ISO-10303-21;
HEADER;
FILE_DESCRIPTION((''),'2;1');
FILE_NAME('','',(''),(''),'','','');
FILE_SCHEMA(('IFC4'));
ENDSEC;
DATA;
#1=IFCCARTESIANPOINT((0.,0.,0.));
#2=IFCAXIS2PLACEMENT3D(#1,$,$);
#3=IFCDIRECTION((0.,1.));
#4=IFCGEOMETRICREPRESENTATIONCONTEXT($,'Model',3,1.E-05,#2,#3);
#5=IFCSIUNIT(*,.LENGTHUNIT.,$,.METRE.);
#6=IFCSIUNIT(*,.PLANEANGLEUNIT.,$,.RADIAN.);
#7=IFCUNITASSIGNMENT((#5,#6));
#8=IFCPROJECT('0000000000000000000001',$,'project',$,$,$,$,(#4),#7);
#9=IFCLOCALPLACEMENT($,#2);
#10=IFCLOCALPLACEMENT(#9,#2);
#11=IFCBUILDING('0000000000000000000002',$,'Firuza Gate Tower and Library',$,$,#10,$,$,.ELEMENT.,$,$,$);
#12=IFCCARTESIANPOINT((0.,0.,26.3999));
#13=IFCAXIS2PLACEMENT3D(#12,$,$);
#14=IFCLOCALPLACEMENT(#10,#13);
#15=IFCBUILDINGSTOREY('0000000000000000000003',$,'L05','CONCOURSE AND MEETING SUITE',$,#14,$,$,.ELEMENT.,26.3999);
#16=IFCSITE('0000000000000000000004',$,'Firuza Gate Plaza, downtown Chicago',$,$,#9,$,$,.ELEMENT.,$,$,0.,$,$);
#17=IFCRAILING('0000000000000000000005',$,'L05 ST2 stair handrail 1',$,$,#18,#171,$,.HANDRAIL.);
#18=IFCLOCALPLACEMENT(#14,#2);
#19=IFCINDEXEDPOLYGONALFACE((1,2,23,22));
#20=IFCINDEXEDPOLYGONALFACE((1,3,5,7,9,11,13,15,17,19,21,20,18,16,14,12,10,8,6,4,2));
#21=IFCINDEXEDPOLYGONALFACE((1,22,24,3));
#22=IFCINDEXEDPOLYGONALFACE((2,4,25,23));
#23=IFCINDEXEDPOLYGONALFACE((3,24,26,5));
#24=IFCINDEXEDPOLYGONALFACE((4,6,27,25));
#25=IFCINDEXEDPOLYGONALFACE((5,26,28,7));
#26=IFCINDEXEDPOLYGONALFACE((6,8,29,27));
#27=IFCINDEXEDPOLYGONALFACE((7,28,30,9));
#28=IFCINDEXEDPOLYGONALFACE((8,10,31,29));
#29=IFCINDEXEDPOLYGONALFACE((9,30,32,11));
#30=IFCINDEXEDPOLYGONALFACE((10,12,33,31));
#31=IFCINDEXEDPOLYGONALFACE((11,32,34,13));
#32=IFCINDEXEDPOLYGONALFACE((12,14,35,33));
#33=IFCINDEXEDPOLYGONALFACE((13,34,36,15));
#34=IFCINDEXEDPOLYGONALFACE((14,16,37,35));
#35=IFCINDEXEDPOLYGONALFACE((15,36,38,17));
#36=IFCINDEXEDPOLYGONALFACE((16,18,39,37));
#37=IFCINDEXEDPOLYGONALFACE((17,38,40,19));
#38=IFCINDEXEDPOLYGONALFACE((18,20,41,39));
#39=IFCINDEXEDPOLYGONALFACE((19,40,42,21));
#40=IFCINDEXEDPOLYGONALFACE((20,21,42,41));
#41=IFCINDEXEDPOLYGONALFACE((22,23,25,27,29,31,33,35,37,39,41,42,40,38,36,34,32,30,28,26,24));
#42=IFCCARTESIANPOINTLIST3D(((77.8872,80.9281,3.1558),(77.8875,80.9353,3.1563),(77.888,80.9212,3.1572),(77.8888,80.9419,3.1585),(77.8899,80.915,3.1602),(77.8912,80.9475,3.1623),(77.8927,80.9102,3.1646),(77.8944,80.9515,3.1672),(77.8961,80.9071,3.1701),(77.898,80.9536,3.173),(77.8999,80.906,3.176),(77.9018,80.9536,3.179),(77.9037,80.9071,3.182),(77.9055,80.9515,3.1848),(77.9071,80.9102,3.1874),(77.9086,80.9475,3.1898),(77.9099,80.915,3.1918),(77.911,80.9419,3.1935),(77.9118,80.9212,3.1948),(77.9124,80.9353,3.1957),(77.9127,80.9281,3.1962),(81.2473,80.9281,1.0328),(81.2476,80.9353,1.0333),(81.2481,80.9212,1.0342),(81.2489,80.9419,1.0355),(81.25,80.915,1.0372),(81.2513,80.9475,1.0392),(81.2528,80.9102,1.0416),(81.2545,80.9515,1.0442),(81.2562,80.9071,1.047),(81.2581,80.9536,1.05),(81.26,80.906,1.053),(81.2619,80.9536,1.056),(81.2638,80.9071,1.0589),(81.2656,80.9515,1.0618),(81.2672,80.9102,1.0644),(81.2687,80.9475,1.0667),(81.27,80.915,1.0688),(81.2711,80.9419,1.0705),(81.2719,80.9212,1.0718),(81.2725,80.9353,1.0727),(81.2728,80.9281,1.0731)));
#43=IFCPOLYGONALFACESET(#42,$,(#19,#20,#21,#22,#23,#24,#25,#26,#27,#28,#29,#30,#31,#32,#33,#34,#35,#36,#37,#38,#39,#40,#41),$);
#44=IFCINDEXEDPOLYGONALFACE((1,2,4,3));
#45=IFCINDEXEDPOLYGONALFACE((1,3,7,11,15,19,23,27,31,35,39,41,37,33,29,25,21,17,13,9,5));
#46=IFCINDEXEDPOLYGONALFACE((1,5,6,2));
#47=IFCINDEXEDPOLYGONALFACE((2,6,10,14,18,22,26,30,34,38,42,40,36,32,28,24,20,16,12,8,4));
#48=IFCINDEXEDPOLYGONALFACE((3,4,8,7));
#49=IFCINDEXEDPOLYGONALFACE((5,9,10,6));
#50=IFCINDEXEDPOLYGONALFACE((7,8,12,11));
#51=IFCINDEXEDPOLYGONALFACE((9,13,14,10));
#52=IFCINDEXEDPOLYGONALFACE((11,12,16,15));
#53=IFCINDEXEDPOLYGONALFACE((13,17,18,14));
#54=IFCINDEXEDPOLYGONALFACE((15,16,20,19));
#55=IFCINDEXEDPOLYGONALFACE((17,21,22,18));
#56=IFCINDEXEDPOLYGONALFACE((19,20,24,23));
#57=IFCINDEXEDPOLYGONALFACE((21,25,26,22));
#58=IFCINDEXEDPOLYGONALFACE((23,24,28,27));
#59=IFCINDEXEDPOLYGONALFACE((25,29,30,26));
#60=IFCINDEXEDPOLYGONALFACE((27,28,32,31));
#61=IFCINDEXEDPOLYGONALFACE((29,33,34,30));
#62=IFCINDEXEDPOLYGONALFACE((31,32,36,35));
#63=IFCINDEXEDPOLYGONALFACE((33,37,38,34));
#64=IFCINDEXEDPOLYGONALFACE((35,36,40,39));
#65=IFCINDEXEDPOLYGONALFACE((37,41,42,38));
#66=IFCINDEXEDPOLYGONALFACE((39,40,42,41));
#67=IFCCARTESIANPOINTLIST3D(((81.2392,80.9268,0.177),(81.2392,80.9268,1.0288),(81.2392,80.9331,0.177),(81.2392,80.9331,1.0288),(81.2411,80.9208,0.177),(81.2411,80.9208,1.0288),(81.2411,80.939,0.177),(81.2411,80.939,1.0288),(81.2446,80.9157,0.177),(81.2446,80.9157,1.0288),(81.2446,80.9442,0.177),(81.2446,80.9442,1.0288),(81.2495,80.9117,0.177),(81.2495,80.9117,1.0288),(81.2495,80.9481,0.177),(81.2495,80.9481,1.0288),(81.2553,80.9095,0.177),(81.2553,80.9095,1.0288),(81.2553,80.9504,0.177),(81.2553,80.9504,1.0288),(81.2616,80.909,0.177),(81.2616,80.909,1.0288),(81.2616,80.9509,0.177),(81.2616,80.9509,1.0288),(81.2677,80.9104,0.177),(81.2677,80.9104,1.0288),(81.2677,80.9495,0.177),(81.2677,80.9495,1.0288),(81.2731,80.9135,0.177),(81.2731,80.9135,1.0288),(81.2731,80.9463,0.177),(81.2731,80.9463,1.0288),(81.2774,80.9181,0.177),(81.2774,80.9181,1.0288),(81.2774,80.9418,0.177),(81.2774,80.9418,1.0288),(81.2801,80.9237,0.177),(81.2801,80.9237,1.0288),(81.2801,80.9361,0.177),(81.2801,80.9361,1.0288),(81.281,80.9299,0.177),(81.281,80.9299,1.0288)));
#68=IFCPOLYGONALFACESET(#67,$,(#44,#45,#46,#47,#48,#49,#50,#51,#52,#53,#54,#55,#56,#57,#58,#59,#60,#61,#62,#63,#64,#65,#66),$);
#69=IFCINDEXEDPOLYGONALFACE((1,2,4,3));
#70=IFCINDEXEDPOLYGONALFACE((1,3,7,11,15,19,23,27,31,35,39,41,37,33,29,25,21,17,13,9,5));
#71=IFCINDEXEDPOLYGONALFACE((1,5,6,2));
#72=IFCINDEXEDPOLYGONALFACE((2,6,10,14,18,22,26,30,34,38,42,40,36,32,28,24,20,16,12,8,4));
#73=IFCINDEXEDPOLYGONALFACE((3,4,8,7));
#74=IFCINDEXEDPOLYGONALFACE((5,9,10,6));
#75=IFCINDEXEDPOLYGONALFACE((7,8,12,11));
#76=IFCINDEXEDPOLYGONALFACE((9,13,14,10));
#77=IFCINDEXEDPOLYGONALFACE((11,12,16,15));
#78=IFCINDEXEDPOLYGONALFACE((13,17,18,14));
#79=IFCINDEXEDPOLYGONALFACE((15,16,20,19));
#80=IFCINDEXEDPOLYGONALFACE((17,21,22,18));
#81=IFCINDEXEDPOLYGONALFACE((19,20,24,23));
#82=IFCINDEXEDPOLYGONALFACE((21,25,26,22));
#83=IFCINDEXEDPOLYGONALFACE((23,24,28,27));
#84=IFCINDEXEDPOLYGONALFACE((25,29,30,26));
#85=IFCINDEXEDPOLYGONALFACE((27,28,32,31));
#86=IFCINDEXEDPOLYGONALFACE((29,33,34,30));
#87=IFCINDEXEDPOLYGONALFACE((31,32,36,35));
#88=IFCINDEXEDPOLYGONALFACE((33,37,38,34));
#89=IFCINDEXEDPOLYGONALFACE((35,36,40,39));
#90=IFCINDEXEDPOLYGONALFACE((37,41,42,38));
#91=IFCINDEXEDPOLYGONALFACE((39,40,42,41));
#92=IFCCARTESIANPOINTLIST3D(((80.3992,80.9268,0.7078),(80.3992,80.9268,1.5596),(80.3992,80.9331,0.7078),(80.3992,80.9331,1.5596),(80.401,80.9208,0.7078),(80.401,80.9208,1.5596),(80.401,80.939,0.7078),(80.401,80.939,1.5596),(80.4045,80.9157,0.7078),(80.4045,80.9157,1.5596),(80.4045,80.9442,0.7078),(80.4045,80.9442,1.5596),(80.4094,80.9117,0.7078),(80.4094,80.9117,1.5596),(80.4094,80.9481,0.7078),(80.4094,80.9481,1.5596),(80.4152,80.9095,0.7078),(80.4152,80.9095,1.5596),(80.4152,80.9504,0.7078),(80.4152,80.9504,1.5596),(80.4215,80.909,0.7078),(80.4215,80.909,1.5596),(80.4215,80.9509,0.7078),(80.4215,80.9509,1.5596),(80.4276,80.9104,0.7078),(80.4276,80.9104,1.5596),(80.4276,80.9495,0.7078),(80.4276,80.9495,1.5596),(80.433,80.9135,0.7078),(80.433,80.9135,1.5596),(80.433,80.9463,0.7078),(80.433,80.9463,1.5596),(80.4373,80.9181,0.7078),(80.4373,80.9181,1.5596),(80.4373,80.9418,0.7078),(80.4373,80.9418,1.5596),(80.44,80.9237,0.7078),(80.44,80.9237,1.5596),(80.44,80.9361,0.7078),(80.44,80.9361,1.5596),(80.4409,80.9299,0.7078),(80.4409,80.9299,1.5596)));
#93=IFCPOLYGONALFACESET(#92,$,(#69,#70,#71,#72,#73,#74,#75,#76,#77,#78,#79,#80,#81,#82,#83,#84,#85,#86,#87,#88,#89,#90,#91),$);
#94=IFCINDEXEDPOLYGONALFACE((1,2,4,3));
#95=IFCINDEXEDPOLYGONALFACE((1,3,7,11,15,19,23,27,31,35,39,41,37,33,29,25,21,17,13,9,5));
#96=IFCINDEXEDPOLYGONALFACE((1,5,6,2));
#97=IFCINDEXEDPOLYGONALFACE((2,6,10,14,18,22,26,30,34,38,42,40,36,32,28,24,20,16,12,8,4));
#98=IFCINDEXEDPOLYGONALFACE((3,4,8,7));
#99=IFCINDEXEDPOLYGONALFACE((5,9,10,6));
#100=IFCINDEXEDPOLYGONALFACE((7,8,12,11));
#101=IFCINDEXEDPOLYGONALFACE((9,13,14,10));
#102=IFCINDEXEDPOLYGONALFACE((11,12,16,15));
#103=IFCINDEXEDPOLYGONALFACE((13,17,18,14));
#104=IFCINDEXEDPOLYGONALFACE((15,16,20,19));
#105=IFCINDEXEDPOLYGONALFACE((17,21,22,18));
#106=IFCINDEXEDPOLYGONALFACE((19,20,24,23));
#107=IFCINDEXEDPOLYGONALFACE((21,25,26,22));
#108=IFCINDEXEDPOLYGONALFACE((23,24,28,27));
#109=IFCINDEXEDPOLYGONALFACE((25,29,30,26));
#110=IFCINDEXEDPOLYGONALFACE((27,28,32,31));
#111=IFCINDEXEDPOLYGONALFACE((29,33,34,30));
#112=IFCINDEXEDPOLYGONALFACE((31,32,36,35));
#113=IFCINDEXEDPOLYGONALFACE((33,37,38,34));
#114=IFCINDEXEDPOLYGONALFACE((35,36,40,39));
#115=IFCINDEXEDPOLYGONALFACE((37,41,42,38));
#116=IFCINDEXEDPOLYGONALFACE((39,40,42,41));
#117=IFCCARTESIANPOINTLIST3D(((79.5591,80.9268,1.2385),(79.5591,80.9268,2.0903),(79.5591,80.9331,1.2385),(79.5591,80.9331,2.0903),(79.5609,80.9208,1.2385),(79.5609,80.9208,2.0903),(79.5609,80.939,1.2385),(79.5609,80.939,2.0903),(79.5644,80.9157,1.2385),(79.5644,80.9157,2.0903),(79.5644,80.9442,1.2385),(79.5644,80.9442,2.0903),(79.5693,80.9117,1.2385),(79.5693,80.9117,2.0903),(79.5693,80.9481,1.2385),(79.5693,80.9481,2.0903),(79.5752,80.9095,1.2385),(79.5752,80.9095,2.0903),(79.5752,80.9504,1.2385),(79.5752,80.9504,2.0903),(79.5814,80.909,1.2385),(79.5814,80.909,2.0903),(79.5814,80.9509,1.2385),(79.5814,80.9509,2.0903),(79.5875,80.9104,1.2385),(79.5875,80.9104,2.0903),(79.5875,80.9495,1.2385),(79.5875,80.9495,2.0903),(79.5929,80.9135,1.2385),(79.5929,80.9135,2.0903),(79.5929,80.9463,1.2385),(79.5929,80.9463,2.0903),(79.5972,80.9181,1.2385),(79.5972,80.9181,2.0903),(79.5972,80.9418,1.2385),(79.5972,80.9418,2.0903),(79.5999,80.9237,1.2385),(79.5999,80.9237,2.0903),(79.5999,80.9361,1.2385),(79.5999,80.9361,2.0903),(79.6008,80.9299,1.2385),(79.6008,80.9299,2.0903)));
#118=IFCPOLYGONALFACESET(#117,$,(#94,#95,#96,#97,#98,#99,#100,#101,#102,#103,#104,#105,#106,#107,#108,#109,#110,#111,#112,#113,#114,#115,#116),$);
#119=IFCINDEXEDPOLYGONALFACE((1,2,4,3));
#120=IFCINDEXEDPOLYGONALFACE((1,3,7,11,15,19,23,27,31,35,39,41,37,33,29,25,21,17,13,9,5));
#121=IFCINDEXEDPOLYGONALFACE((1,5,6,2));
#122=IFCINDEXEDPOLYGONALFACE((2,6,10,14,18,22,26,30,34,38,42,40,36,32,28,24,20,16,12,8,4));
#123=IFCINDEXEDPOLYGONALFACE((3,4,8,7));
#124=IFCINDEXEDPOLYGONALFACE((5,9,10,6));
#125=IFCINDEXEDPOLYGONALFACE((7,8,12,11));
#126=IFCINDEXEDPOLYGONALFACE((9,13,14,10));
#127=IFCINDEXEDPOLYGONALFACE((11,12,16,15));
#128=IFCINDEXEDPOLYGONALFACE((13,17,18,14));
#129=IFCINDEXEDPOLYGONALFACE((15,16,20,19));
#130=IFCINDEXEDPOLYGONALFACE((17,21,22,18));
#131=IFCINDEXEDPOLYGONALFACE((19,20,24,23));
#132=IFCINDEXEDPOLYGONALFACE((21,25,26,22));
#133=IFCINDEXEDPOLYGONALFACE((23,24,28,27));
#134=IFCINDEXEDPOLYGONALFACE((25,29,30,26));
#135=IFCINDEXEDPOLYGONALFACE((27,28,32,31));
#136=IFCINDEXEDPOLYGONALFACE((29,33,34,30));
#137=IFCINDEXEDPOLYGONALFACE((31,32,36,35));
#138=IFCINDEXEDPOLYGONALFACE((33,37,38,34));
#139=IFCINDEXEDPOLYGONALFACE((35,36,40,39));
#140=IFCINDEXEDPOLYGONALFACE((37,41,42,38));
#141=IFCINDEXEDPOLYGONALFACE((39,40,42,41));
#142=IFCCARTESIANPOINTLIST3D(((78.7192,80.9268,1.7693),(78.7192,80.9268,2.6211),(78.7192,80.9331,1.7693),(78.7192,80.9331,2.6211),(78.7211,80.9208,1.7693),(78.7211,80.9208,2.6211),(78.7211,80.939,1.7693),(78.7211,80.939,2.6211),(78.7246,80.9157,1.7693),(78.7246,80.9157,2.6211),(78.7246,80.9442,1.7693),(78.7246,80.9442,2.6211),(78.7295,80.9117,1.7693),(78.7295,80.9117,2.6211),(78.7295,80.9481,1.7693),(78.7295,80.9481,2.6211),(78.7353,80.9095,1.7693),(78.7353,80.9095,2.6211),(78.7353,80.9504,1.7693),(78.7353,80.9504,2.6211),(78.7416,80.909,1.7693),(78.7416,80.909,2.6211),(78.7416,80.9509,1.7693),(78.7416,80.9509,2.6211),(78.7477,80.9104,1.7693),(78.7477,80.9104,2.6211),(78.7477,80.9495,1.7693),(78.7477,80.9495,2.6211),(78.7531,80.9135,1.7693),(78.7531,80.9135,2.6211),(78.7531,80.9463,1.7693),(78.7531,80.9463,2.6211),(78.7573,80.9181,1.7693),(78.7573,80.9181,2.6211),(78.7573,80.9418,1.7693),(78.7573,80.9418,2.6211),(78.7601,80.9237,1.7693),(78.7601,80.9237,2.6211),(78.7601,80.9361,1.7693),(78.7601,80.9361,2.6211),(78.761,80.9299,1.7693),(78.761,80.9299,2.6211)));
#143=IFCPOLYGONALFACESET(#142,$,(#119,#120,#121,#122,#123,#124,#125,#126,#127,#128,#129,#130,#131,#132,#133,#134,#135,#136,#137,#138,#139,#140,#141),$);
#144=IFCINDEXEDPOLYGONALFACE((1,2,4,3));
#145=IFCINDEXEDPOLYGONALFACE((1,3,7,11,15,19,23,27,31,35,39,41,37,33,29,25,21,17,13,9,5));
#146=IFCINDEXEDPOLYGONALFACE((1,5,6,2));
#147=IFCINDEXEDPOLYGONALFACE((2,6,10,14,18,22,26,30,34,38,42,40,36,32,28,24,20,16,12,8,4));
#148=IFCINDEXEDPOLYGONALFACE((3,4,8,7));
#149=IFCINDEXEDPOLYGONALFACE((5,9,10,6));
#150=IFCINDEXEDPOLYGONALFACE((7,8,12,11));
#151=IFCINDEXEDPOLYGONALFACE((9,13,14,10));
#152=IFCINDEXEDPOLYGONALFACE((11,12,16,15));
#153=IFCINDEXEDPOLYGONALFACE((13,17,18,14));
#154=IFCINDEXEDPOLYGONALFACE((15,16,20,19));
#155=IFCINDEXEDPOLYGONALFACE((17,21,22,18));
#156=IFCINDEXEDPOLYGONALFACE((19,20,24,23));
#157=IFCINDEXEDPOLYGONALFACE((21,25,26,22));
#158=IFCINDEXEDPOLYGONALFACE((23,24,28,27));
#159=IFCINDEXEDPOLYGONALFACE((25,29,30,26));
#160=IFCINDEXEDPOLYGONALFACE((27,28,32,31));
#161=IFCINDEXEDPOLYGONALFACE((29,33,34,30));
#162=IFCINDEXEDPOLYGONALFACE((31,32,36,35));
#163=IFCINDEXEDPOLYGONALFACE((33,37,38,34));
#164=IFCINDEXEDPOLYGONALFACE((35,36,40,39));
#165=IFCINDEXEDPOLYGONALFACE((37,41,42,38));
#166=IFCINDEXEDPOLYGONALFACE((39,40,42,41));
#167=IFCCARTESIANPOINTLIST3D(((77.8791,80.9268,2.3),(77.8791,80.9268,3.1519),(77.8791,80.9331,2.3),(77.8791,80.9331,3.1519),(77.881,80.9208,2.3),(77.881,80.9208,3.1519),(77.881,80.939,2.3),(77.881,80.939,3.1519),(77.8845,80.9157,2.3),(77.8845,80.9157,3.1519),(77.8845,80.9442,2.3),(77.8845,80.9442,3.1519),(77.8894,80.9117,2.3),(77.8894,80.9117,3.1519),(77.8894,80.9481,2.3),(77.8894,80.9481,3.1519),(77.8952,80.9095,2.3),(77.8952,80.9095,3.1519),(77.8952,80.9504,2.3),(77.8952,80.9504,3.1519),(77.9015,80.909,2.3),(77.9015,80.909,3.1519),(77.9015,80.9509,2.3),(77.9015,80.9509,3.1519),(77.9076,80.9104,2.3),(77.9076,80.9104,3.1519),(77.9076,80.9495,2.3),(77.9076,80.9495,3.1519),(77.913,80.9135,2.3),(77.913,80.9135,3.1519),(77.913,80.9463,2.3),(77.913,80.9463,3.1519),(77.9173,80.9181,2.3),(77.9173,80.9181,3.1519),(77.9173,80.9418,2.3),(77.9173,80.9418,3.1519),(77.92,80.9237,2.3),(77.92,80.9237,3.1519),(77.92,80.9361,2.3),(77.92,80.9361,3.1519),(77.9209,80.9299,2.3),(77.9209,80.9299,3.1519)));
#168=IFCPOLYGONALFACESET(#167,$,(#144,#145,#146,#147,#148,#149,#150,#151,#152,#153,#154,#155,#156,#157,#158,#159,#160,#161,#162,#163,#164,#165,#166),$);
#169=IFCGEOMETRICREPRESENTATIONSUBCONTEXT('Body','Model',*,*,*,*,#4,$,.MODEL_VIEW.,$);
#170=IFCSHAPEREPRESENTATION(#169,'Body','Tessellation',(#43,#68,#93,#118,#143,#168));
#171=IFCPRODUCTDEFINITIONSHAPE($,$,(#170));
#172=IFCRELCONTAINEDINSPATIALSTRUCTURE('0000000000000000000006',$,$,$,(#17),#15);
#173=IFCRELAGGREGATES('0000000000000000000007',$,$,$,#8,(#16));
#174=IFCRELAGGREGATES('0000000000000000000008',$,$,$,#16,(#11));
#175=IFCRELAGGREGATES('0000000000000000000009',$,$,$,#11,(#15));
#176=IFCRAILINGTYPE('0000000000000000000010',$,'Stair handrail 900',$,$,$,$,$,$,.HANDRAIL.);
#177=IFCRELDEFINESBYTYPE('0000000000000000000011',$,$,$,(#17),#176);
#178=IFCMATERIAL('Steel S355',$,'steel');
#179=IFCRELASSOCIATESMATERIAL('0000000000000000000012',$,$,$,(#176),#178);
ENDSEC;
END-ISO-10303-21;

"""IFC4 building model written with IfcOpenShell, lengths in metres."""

from ifc_helpers import new_model, si_unit, direction, frame, origin, origin_2d, place, context, subcontext, project, spatial, circle, extrude, material, type_object, element, save


model = new_model("IFC4")

# Units and contexts
model_context = context("Model", 3, precision=1e-05, world=origin(), true_north=direction((0.0, 1.0)))
body_context = subcontext(model_context, "Body", "Model", "MODEL_VIEW")
ifc_project = project(units=[si_unit("LENGTHUNIT", "METRE"), si_unit("PLANEANGLEUNIT", "RADIAN")], contexts=[model_context])

# Site, building, storey
site_placement = place(None, origin())
site = spatial("IfcSite", under=ifc_project, at=site_placement, Name="Firuza Gate Plaza, downtown Chicago", CompositionType="ELEMENT", RefElevation=0.0)
building_placement = place(site_placement, origin())
building = spatial("IfcBuilding", under=site, at=building_placement, Name="Firuza Gate Tower and Library", CompositionType="ELEMENT")
storey_placement = place(building_placement, frame((0.0, 0.0, 26.3999)))
storey = spatial("IfcBuildingStorey", under=building, at=storey_placement, Name="L05", Description="CONCOURSE AND MEETING SUITE", CompositionType="ELEMENT", Elevation=26.3999)

# Railing
ifc_material_1 = material(Name="Steel S355", Category="steel")
railing_type_1 = type_object("IfcRailingType", Name="Stair handrail 900", PredefinedType="HANDRAIL", material=ifc_material_1)
railing_1_placement = place(storey_placement, frame((81.26, 80.9299, 0.177)))
element("IfcRailing", 1, at=railing_1_placement, inside=storey, type_object=railing_type_1, Name="L05 ST2 stair handrail 1", PredefinedType="HANDRAIL", context=body_context, shape_type="SweptSolid", body=[
    extrude(circle(Radius=0.0239, at=origin_2d()), frame((0.0, 0.0, 0.876), z_axis=(-0.84539, 0.0, 0.53415), x_axis=(0.0, -1.0, 0.0)), (0.0, 0.0, 1.0), 3.9746),
    extrude(circle(Radius=0.021, at=origin_2d()), origin(), (0.0, 0.0, 1.0), 0.8518),
    extrude(circle(Radius=0.021, at=origin_2d()), frame((-0.8401, 0.0, 0.5308)), (0.0, 0.0, 1.0), 0.8518),
    extrude(circle(Radius=0.021, at=origin_2d()), frame((-1.6802, 0.0, 1.0615)), (0.0, 0.0, 1.0), 0.8518),
    extrude(circle(Radius=0.021, at=origin_2d()), frame((-2.52, 0.0, 1.5923)), (0.0, 0.0, 1.0), 0.8518),
    extrude(circle(Radius=0.021, at=origin_2d()), frame((-3.3601, 0.0, 2.123)), (0.0, 0.0, 1.0), 0.8518),
])

save(model, "model.ifc")
